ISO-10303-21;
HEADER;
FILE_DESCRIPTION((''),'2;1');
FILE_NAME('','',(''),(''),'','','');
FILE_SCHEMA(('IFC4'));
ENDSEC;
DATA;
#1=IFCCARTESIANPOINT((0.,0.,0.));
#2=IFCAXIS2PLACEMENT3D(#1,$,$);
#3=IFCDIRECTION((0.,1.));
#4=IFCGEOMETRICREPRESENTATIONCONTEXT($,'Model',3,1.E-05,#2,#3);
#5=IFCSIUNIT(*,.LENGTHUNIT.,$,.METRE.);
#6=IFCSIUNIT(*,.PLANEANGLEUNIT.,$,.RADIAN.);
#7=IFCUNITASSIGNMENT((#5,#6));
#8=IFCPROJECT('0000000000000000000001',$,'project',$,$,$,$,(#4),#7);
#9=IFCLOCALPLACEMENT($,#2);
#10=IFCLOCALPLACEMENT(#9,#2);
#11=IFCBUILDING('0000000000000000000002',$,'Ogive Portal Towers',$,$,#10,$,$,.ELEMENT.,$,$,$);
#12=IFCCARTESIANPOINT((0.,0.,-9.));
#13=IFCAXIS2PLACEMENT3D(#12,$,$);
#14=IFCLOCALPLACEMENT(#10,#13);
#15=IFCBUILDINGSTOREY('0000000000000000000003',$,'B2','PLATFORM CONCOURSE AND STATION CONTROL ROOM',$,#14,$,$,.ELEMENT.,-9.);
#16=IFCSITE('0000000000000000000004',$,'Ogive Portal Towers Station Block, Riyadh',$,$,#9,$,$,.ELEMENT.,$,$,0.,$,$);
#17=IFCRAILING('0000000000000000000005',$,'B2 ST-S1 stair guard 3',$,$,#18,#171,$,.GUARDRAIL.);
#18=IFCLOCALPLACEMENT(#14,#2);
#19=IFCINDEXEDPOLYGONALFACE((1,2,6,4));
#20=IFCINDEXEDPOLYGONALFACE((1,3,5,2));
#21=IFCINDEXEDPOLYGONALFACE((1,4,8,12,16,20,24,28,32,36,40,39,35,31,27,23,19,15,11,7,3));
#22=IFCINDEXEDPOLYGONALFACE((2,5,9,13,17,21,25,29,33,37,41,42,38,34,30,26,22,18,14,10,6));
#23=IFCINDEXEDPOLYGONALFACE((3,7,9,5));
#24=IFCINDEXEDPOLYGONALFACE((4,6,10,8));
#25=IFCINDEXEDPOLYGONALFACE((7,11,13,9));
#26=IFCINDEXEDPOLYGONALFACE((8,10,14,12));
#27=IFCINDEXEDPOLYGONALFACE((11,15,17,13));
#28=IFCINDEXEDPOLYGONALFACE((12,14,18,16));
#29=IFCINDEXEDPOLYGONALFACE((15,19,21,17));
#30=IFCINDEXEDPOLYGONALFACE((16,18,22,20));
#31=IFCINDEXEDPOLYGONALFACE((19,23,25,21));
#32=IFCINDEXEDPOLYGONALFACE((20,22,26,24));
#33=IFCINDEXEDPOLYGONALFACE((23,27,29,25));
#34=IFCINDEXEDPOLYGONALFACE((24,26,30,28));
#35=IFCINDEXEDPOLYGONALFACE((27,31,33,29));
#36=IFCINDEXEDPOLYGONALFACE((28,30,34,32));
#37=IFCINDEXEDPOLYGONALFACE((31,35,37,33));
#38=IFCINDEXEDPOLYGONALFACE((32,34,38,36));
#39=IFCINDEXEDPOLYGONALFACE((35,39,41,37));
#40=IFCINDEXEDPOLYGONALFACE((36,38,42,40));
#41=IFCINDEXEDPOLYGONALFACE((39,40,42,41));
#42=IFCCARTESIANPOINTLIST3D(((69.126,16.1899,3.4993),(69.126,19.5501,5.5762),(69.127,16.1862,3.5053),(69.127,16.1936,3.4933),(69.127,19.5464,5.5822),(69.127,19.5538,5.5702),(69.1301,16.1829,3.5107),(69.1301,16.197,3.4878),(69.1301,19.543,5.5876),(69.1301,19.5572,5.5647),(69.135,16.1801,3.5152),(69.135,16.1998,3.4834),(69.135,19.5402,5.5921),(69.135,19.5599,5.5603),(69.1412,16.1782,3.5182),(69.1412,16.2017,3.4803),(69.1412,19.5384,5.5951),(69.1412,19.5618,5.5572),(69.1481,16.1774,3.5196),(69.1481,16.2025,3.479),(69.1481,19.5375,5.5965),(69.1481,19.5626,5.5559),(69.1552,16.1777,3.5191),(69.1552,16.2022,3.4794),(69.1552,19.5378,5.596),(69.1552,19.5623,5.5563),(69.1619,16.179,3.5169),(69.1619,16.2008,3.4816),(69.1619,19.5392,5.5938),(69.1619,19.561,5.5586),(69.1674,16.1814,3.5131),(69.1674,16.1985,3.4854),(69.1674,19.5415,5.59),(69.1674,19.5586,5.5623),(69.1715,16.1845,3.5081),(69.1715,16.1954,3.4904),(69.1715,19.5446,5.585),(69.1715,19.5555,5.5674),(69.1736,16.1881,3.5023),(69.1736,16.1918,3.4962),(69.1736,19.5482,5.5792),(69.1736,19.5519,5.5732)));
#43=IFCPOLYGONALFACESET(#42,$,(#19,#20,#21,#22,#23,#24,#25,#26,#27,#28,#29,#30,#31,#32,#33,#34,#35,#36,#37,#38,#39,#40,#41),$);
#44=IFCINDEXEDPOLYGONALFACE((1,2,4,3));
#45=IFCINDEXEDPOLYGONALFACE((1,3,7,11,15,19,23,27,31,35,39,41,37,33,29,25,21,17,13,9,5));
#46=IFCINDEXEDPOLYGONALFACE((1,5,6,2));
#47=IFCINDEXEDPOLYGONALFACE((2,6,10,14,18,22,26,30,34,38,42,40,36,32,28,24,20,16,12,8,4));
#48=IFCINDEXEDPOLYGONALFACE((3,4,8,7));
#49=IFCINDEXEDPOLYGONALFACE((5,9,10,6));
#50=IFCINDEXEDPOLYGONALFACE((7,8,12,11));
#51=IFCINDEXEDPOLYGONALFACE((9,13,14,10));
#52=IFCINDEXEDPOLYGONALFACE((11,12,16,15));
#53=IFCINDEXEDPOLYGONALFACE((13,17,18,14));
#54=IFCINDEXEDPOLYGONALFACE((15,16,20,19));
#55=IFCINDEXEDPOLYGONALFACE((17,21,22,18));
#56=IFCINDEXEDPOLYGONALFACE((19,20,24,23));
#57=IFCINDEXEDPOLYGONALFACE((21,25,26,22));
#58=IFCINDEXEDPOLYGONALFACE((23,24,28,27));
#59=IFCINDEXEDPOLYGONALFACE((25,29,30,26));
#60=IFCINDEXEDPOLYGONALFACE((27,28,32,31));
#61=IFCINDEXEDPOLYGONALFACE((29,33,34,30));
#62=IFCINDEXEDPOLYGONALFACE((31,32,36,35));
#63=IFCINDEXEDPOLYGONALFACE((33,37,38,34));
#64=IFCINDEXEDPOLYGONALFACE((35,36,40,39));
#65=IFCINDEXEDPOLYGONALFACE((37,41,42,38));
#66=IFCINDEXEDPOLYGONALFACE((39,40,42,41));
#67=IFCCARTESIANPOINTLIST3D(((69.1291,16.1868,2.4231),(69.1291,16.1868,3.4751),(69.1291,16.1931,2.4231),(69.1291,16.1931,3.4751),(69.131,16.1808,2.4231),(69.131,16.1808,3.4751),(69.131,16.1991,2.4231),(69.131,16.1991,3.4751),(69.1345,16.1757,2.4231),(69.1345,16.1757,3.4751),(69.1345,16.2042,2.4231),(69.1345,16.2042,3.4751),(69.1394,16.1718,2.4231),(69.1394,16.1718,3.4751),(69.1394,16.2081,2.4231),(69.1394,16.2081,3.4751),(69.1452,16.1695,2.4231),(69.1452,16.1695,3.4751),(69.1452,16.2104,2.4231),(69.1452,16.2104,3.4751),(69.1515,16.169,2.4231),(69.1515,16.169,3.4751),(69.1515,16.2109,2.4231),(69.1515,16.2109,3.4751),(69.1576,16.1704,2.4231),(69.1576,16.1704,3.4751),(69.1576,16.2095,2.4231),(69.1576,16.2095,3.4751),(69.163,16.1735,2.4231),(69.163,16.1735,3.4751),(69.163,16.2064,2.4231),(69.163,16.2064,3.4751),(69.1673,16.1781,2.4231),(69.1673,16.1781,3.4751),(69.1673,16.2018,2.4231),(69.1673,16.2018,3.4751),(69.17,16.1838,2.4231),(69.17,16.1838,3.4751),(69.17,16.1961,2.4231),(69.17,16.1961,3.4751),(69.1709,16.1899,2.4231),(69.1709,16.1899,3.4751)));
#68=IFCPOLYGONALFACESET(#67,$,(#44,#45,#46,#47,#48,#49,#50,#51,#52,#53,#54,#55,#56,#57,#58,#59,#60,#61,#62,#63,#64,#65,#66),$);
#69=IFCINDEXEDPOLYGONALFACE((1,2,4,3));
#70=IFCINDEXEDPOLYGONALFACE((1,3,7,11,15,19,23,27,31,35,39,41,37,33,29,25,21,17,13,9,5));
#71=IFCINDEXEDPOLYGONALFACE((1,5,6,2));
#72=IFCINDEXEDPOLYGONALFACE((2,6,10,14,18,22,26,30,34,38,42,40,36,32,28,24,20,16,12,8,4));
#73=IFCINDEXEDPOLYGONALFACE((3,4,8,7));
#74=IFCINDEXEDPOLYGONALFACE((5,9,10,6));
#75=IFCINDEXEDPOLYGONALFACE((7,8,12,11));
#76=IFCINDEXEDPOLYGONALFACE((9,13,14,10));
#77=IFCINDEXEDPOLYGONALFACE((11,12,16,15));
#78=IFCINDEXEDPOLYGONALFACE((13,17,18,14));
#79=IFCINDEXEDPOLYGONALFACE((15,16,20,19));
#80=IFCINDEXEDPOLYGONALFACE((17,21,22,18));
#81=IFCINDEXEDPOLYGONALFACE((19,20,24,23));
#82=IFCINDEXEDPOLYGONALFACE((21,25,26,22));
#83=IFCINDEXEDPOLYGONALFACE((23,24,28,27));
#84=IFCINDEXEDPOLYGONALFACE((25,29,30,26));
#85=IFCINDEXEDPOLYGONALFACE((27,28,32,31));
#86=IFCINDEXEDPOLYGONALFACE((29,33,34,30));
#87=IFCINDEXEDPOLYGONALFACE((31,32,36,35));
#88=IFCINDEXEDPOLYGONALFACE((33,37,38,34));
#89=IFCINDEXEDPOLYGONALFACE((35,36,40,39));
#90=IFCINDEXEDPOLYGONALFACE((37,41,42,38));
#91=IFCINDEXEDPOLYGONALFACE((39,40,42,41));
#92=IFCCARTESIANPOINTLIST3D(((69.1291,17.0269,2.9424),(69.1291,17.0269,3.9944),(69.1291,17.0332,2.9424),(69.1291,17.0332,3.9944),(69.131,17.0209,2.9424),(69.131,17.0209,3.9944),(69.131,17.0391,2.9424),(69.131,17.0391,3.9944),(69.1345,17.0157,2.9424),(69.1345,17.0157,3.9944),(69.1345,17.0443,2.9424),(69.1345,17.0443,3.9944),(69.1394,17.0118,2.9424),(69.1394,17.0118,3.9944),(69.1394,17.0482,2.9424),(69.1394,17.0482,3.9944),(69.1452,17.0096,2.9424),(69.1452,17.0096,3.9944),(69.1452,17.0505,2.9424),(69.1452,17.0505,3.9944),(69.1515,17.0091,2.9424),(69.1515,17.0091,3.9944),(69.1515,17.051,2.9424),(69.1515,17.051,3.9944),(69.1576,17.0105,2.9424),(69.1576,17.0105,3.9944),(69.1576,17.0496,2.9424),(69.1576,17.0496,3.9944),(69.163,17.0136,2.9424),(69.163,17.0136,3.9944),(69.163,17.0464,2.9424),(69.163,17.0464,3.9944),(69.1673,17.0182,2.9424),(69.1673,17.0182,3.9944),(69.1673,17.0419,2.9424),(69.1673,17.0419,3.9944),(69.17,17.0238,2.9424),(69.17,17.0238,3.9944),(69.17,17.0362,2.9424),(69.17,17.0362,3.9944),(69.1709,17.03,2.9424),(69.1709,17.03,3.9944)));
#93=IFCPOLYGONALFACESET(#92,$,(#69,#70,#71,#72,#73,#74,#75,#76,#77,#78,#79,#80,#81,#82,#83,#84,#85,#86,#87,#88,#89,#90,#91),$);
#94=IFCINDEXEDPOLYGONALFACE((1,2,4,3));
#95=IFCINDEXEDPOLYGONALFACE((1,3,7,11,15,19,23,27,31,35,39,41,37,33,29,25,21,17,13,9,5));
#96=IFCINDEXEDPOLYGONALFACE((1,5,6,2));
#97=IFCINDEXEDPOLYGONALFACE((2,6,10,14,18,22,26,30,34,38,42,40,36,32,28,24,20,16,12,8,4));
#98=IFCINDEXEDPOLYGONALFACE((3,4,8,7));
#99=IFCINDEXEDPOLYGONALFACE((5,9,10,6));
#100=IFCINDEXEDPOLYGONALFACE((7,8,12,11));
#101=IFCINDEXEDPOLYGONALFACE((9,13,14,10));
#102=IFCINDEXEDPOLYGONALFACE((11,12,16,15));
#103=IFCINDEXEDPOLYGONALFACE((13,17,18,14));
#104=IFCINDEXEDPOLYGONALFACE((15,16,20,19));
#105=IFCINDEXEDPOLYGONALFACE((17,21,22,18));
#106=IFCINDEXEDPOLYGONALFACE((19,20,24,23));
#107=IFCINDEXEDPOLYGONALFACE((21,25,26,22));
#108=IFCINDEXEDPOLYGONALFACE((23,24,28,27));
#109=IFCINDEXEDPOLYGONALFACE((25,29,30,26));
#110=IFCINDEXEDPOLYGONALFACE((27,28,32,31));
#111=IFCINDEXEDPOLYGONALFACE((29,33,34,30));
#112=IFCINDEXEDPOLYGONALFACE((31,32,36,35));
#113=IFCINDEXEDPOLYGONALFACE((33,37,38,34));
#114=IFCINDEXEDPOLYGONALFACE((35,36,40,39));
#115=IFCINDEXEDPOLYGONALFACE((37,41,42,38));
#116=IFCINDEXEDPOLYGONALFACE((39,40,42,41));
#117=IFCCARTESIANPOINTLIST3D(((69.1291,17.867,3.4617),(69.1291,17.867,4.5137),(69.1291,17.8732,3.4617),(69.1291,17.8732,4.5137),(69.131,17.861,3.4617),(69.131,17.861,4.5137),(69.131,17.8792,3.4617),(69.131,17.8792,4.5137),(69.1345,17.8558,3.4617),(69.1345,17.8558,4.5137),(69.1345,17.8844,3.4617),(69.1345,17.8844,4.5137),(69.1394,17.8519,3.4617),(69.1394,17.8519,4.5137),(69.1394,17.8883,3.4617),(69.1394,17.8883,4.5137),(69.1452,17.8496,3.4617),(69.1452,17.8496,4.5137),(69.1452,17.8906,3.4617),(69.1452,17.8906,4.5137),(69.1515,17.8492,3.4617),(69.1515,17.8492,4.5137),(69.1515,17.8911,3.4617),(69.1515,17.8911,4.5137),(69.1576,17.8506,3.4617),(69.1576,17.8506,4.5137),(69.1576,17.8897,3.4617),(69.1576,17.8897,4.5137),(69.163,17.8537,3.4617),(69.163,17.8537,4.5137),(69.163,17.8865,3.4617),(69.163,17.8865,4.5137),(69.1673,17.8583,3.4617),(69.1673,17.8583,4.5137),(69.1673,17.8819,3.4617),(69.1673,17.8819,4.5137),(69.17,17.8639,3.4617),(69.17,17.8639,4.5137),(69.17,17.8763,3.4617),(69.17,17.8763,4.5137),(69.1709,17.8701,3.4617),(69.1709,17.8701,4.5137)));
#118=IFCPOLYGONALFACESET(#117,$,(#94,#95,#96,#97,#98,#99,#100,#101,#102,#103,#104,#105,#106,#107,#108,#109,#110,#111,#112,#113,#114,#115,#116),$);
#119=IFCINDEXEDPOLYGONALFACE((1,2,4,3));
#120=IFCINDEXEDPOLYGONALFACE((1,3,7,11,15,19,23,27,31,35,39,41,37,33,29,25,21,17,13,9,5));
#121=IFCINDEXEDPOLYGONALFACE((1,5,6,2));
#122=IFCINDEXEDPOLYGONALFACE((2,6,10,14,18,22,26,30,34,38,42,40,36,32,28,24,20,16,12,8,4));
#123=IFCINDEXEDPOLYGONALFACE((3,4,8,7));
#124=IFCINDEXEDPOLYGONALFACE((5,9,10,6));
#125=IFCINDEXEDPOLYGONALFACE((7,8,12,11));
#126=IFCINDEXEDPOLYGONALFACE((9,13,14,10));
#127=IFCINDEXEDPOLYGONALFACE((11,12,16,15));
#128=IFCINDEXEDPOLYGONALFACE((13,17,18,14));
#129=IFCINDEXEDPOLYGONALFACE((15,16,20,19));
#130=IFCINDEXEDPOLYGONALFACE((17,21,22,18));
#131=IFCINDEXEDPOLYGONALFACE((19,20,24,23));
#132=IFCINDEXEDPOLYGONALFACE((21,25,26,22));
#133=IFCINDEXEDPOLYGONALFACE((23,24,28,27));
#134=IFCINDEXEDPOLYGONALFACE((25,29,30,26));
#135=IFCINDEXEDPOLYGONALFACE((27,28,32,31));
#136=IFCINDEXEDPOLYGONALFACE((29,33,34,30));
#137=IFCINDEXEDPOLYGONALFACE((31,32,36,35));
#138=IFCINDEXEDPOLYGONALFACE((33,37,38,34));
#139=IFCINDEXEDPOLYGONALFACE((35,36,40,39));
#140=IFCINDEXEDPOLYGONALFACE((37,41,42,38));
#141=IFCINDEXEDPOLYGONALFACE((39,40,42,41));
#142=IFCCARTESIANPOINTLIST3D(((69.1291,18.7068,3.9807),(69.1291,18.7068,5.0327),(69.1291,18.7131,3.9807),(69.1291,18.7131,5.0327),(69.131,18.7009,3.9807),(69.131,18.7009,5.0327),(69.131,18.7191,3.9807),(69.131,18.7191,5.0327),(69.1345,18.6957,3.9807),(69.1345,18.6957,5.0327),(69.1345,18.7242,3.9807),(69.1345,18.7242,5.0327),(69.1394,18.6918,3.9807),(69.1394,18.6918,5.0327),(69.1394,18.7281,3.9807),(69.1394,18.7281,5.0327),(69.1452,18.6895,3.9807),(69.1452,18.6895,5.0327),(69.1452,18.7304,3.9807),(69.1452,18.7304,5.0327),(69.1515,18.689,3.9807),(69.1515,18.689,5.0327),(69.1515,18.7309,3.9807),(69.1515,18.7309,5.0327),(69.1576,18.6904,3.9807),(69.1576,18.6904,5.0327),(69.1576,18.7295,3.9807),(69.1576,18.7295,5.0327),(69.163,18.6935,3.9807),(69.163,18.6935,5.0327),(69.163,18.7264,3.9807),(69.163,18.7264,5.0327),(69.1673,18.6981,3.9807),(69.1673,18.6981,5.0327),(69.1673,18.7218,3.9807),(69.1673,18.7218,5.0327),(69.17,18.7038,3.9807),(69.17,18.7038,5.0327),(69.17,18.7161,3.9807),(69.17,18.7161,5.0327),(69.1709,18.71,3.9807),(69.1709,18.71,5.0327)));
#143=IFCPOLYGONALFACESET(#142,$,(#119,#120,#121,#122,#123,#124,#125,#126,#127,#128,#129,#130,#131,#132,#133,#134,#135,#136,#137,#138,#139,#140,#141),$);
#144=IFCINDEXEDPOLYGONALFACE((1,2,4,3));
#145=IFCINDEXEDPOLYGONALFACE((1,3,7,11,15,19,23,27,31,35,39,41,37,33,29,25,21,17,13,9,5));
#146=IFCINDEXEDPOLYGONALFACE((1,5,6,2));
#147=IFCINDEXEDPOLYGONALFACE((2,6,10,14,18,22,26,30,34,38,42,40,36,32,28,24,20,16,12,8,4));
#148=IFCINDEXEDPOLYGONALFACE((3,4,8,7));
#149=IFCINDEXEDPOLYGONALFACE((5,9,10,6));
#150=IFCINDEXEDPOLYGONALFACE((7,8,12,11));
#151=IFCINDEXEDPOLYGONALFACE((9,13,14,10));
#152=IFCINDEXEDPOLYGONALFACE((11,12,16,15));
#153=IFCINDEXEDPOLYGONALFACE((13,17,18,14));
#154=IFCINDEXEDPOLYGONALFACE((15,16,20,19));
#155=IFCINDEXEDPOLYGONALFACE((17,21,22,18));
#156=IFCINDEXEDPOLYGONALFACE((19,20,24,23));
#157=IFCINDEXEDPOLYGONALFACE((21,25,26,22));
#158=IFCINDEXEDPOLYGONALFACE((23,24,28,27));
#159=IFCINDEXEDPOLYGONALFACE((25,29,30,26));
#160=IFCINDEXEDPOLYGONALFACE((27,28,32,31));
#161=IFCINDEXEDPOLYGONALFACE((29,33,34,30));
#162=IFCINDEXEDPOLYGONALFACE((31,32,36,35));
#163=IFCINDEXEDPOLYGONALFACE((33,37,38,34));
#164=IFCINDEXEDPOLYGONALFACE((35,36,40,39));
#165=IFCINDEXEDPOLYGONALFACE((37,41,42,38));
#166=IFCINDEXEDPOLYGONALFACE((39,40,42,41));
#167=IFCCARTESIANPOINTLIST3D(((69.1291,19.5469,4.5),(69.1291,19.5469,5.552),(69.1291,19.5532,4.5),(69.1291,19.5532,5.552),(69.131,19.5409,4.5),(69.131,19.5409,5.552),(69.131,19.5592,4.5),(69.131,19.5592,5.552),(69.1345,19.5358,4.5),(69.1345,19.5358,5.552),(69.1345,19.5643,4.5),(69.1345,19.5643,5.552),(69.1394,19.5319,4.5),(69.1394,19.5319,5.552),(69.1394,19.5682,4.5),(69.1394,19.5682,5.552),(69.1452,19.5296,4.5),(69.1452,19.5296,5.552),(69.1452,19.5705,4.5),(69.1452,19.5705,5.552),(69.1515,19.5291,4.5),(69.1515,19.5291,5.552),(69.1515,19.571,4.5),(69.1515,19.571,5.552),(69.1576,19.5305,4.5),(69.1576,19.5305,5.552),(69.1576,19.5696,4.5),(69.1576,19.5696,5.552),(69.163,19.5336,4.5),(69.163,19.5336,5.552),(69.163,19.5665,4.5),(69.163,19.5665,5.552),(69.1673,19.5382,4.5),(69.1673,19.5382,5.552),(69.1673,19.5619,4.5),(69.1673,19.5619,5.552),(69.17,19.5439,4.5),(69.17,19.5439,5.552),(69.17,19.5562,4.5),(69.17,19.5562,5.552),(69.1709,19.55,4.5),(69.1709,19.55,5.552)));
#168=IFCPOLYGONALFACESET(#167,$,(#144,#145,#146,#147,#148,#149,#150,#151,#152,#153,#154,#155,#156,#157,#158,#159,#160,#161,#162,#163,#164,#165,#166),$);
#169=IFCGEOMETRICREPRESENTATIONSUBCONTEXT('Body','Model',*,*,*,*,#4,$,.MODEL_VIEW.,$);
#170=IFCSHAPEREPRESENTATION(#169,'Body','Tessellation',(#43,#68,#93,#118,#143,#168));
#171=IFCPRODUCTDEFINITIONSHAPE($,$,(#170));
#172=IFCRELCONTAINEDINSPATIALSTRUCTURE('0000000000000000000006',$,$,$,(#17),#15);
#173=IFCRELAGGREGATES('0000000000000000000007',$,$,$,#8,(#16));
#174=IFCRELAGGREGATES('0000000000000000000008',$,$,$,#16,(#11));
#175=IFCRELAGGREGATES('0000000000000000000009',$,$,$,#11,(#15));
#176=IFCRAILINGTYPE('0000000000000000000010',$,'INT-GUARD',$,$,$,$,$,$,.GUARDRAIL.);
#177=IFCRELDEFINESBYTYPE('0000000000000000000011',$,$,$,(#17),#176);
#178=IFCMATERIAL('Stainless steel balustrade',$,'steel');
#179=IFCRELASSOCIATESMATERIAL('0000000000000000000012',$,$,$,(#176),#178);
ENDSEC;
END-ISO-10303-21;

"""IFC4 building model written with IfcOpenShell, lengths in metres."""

from ifc_helpers import new_model, si_unit, direction, frame, origin, origin_2d, place, context, subcontext, project, spatial, circle, extrude, material, type_object, element, save


model = new_model("IFC4")

# Units and contexts
model_context = context("Model", 3, precision=1e-05, world=origin(), true_north=direction((0.0, 1.0)))
body_context = subcontext(model_context, "Body", "Model", "MODEL_VIEW")
ifc_project = project(units=[si_unit("LENGTHUNIT", "METRE"), si_unit("PLANEANGLEUNIT", "RADIAN")], contexts=[model_context])

# Site, building, storey
site_placement = place(None, origin())
site = spatial("IfcSite", under=ifc_project, at=site_placement, Name="Ogive Portal Towers Station Block, Riyadh", CompositionType="ELEMENT", RefElevation=0.0)
building_placement = place(site_placement, origin())
building = spatial("IfcBuilding", under=site, at=building_placement, Name="Ogive Portal Towers", CompositionType="ELEMENT")
storey_placement = place(building_placement, frame((0.0, 0.0, -9.0)))
storey = spatial("IfcBuildingStorey", under=building, at=storey_placement, Name="B2", Description="PLATFORM CONCOURSE AND STATION CONTROL ROOM", CompositionType="ELEMENT", Elevation=-9.0)

# Railing
ifc_material_1 = material(Name="Stainless steel balustrade", Category="steel")
railing_type_1 = type_object("IfcRailingType", Name="INT-GUARD", PredefinedType="GUARDRAIL", material=ifc_material_1)
railing_1_placement = place(storey_placement, frame((69.1499, 16.1899, 2.4231)))
element("IfcRailing", 1, at=railing_1_placement, inside=storey, type_object=railing_type_1, Name="B2 ST-S1 stair guard 3", PredefinedType="GUARDRAIL", context=body_context, shape_type="SweptSolid", body=[
    extrude(circle(Radius=0.0239, at=origin_2d()), frame((0.0, 0.0, 1.0762), z_axis=(0.0, 0.850623, 0.525776), x_axis=(-1.0, 0.0, 0.0)), (0.0, 0.0, 1.0), 3.9502),
    extrude(circle(Radius=0.021, at=origin_2d()), origin(), (0.0, 0.0, 1.0), 1.052),
    extrude(circle(Radius=0.021, at=origin_2d()), frame((0.0, 0.8401, 0.5193)), (0.0, 0.0, 1.0), 1.052),
    extrude(circle(Radius=0.021, at=origin_2d()), frame((0.0, 1.6802, 1.0386)), (0.0, 0.0, 1.0), 1.052),
    extrude(circle(Radius=0.021, at=origin_2d()), frame((0.0, 2.52, 1.5576)), (0.0, 0.0, 1.0), 1.052),
    extrude(circle(Radius=0.021, at=origin_2d()), frame((0.0, 3.3601, 2.0769)), (0.0, 0.0, 1.0), 1.052),
])

save(model, "model.ifc")
